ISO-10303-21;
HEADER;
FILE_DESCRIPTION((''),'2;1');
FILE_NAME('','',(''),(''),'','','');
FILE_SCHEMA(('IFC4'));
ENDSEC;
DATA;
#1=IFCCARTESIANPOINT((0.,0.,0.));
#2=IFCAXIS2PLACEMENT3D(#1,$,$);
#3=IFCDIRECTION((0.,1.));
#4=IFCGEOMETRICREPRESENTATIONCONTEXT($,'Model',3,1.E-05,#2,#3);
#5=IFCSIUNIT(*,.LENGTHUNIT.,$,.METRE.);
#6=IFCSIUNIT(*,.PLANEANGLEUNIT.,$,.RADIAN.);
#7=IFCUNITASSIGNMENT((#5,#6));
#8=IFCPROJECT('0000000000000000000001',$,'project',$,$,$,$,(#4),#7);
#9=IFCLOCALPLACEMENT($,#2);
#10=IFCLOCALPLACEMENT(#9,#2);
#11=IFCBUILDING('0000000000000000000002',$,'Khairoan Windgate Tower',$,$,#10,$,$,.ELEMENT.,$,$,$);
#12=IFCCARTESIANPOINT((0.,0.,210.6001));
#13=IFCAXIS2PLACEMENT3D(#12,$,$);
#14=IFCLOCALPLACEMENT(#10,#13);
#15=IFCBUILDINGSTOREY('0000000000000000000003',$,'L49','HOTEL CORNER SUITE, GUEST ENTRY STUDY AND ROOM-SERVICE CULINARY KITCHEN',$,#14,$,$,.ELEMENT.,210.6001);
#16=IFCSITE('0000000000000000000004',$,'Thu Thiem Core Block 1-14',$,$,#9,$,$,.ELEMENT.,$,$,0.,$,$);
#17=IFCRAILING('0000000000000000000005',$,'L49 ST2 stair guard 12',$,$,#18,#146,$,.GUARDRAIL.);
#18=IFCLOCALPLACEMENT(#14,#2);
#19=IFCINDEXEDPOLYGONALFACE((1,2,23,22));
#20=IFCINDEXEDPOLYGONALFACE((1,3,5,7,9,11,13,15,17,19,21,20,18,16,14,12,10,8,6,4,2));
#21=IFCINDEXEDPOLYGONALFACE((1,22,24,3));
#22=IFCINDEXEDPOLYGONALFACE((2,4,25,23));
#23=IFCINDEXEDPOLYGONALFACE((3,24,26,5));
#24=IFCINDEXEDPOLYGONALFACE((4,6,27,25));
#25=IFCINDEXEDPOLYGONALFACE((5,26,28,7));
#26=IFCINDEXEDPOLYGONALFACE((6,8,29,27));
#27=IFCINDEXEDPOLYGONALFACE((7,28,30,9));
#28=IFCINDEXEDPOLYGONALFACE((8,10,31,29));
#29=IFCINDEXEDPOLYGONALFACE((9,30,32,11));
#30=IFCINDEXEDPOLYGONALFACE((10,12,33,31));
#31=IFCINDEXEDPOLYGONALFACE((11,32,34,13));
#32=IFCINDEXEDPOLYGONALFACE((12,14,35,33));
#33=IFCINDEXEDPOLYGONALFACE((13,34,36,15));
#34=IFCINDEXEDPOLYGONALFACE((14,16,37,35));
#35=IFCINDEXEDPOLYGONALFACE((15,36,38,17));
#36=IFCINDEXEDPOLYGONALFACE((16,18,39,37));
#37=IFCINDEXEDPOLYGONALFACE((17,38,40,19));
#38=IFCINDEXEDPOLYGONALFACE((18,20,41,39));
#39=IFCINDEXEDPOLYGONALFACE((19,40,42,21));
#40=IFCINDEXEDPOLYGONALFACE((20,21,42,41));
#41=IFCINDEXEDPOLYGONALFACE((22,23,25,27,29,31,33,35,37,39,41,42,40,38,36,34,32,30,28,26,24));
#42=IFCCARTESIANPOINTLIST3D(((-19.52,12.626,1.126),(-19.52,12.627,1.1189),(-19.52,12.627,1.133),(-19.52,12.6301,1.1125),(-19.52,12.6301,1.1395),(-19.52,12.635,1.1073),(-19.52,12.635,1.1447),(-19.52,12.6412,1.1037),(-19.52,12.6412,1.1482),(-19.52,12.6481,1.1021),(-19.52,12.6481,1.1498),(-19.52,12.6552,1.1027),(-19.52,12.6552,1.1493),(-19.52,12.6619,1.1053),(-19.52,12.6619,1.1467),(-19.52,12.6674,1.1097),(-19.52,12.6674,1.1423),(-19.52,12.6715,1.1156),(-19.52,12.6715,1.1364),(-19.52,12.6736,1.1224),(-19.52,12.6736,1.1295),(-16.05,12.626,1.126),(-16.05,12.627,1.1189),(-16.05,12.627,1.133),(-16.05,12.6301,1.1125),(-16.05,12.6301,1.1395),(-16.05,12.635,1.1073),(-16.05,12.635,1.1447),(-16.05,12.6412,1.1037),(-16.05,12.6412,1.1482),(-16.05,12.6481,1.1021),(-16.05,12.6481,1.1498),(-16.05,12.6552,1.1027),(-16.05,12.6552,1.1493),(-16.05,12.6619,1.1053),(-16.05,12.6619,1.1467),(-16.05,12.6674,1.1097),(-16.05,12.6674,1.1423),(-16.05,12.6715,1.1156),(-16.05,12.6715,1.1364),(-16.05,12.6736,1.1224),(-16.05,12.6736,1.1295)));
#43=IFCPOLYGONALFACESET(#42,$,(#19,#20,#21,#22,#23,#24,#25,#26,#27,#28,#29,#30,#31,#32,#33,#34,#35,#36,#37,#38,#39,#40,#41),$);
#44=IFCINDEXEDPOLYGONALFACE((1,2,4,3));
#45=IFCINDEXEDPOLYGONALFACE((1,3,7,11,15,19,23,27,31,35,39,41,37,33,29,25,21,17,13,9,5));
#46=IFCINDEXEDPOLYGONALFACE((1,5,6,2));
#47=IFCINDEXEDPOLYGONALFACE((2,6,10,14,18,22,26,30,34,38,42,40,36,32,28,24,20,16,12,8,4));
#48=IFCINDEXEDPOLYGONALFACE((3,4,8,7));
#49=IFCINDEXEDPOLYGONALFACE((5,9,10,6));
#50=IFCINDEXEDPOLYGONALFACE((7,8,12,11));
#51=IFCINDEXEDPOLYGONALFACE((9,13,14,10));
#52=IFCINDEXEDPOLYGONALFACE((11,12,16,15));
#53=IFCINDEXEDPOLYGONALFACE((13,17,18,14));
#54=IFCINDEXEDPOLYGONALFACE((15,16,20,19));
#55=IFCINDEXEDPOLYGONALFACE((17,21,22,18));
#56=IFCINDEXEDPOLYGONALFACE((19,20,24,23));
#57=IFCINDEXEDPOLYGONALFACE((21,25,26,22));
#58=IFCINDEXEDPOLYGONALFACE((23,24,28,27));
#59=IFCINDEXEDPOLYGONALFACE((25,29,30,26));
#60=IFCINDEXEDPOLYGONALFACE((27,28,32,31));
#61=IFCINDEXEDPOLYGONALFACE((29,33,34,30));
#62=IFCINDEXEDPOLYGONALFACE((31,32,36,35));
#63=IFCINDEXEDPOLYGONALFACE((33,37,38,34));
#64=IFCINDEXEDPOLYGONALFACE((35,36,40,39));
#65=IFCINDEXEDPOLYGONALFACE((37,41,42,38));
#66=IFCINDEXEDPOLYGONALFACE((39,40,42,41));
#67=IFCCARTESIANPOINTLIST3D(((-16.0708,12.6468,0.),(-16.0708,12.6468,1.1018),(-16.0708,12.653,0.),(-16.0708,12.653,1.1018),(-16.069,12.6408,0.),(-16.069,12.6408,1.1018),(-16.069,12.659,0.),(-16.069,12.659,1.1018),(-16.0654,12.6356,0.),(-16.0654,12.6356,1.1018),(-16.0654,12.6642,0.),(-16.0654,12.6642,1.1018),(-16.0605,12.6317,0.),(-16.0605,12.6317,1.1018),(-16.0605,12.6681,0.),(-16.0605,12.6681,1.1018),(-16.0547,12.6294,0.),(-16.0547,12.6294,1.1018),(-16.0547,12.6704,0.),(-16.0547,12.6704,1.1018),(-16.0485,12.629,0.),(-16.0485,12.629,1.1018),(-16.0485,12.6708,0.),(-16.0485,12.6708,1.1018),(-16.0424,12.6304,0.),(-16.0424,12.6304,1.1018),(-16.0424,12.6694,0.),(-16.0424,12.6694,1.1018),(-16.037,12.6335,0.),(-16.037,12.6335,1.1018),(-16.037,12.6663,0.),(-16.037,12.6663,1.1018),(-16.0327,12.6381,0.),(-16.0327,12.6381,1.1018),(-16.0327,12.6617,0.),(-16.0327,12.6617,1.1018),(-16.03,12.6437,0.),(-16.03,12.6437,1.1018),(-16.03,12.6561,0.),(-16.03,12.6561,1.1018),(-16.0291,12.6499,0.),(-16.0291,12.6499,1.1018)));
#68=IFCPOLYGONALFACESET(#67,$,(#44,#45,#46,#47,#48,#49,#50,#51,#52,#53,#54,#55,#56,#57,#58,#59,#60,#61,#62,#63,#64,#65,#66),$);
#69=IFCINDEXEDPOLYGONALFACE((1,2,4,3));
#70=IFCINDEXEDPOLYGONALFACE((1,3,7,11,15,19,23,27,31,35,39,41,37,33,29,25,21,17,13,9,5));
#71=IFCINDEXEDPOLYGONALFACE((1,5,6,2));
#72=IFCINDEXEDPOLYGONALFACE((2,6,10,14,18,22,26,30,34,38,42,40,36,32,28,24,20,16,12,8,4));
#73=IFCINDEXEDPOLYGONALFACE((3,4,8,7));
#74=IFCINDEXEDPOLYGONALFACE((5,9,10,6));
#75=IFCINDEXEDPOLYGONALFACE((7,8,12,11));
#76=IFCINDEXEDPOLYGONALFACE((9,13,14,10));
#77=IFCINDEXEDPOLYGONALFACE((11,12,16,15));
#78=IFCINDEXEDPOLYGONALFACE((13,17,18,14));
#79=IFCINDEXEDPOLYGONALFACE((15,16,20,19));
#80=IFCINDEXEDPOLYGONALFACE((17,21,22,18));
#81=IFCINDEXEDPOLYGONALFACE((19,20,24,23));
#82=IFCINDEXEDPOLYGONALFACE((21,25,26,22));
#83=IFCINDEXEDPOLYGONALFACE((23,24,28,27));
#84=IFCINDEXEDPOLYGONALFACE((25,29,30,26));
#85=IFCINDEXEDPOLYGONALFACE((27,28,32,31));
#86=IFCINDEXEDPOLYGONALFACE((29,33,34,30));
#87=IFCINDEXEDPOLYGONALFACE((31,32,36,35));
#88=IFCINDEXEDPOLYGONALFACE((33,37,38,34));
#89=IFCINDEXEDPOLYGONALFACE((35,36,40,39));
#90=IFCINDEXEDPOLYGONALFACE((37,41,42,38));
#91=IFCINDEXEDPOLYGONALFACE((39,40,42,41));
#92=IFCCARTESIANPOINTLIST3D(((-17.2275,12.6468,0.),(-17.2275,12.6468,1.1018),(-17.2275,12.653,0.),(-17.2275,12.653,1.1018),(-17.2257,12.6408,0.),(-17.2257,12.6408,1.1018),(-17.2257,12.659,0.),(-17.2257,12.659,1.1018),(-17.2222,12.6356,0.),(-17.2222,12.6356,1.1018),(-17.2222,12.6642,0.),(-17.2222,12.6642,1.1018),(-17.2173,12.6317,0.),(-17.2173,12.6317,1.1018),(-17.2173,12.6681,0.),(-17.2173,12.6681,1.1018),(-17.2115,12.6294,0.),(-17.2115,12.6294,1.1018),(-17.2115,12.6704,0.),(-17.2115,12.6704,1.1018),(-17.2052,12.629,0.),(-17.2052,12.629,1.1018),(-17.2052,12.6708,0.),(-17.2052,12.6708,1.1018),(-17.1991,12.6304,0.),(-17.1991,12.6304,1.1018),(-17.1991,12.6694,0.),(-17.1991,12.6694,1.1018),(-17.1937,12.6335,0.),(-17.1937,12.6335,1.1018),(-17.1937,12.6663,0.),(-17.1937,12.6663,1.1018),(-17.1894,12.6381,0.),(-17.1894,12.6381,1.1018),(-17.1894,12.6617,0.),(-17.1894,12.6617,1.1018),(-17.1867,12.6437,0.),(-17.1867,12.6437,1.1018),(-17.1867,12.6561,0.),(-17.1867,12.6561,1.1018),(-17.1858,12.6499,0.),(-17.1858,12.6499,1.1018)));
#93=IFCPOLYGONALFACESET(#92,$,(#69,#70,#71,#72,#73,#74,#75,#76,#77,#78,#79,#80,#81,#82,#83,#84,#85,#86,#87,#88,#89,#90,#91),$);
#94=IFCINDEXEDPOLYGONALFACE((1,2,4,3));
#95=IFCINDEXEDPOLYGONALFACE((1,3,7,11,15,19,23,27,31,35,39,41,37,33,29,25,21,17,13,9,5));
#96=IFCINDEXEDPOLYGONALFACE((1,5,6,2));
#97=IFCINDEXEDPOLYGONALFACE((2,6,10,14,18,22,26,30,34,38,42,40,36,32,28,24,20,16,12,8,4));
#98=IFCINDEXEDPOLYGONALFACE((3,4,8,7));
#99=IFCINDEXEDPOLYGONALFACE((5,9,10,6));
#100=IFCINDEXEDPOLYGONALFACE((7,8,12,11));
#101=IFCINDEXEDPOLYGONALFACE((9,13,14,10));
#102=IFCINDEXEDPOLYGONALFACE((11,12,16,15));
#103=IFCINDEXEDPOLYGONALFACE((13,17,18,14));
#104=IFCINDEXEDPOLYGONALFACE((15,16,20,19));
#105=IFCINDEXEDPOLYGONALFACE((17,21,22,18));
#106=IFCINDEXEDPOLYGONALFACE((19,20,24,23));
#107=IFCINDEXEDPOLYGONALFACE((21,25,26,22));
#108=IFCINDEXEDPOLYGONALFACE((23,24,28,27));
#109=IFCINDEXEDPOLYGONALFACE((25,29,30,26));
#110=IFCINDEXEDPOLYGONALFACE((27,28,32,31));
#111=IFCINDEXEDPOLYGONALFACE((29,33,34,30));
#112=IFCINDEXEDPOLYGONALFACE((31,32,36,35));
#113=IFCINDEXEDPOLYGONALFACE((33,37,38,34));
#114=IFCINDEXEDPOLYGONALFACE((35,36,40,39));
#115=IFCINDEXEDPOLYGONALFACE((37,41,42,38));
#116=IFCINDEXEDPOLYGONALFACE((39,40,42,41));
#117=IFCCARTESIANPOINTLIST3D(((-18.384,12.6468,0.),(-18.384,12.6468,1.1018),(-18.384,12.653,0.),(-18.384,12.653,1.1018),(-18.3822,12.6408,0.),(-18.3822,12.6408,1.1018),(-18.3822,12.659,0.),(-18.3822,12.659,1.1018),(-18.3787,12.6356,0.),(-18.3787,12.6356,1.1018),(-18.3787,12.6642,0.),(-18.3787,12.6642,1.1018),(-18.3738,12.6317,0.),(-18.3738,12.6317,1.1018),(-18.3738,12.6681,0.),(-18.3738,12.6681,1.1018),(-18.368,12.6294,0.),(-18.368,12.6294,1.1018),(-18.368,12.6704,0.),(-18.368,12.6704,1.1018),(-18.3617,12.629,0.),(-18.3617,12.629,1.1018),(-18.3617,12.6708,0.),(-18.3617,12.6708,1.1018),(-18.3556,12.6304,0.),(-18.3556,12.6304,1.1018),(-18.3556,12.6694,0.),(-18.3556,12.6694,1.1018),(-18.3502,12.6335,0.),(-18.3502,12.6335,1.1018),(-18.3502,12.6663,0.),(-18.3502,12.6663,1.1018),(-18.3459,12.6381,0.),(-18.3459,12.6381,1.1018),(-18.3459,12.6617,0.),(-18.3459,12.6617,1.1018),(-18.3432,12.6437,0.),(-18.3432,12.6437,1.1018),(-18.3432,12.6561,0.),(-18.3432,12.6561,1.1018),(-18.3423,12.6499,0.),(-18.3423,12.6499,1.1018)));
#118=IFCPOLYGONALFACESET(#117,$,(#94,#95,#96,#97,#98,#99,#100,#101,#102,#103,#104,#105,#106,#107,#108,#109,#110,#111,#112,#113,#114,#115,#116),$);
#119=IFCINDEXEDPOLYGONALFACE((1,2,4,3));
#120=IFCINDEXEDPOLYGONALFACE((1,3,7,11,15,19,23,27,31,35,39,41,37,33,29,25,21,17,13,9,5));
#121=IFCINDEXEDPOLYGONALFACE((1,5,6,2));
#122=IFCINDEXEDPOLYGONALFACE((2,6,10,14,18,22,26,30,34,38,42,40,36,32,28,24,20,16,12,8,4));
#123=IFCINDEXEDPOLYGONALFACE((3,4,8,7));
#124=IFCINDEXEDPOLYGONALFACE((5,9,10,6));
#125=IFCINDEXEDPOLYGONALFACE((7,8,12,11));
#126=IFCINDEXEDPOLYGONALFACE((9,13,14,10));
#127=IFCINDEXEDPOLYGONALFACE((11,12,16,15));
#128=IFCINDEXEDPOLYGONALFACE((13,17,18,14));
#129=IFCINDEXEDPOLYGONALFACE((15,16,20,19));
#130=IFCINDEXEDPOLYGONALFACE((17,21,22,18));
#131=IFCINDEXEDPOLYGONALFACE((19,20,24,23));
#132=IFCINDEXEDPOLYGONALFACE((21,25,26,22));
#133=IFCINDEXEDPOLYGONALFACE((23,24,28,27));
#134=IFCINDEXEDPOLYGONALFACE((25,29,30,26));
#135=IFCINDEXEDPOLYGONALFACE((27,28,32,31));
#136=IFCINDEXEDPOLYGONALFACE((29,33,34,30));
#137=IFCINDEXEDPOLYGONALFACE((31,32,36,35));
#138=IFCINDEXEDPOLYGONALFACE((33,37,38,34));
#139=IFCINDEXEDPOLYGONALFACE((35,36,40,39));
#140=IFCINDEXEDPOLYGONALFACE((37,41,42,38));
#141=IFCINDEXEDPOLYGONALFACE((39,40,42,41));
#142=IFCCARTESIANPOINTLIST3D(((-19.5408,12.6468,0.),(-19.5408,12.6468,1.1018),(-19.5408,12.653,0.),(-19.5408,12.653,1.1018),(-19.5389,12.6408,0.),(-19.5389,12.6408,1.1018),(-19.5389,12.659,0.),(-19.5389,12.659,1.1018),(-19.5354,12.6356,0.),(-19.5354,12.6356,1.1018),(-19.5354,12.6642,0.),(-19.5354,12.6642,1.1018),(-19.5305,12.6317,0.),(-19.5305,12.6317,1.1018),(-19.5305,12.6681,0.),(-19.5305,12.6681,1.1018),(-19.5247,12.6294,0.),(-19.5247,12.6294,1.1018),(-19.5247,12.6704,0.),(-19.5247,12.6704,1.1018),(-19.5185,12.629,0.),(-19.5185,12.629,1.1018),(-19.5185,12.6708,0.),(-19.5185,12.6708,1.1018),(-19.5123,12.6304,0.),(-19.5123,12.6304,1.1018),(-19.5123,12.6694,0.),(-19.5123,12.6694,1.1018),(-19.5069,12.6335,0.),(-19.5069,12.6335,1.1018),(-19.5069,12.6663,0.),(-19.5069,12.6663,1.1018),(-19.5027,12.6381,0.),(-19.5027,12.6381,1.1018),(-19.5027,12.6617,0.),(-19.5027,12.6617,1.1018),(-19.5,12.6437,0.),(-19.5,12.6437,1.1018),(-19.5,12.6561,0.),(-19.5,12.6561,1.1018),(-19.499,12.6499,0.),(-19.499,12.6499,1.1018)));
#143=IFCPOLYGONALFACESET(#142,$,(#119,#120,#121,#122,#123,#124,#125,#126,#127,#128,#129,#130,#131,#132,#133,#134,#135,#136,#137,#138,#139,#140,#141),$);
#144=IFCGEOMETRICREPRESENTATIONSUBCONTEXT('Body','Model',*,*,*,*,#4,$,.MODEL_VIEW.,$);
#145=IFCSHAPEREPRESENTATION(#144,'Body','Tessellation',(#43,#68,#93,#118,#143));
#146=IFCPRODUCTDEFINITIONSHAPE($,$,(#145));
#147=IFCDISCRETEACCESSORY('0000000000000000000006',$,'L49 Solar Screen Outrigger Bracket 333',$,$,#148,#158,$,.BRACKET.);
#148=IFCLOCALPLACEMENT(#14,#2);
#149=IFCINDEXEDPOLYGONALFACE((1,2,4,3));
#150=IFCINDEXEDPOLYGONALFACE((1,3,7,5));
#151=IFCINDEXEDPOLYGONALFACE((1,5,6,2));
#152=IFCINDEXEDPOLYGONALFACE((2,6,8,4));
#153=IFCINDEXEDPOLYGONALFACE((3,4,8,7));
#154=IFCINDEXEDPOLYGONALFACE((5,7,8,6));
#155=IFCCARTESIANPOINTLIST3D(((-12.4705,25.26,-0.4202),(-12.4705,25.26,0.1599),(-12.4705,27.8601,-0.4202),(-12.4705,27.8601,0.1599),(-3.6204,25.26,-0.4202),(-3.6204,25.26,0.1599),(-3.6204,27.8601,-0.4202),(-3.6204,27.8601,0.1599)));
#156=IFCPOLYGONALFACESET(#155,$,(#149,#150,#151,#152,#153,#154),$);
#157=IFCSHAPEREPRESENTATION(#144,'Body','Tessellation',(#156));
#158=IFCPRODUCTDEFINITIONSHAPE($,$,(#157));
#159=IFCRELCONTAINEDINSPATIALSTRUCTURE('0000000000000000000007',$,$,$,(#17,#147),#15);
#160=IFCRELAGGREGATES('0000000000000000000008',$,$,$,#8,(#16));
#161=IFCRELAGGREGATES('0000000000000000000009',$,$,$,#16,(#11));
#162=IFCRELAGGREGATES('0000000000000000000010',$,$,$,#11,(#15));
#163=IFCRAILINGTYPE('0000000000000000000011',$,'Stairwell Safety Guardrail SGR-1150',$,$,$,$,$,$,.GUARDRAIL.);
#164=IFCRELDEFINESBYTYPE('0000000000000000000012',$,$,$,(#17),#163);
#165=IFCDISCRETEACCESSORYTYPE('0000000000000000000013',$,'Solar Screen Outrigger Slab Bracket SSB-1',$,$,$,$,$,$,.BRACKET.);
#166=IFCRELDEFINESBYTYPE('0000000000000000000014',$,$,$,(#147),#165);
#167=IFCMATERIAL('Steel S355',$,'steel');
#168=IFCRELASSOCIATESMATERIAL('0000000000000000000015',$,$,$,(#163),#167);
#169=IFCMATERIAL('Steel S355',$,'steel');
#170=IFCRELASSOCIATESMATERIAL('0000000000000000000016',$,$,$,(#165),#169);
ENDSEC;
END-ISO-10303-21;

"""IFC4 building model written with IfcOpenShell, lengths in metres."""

from ifc_helpers import new_model, si_unit, direction, frame, origin, origin_2d, place, context, subcontext, project, spatial, rectangle, circle, extrude, material, type_object, element, save


model = new_model("IFC4")

# Units and contexts
model_context = context("Model", 3, precision=1e-05, world=origin(), true_north=direction((0.0, 1.0)))
body_context = subcontext(model_context, "Body", "Model", "MODEL_VIEW")
ifc_project = project(units=[si_unit("LENGTHUNIT", "METRE"), si_unit("PLANEANGLEUNIT", "RADIAN")], contexts=[model_context])

# Site, building, storey
site_placement = place(None, origin())
site = spatial("IfcSite", under=ifc_project, at=site_placement, Name="Thu Thiem Core Block 1-14", CompositionType="ELEMENT", RefElevation=0.0)
building_placement = place(site_placement, origin())
building = spatial("IfcBuilding", under=site, at=building_placement, Name="Khairoan Windgate Tower", CompositionType="ELEMENT")
storey_placement = place(building_placement, frame((0.0, 0.0, 210.6001)))
storey = spatial("IfcBuildingStorey", under=building, at=storey_placement, Name="L49", Description="HOTEL CORNER SUITE, GUEST ENTRY STUDY AND ROOM-SERVICE CULINARY KITCHEN", CompositionType="ELEMENT", Elevation=210.6001)

# Railing
ifc_material_1 = material(Name="Steel S355", Category="steel")
railing_type = type_object("IfcRailingType", Name="Stairwell Safety Guardrail SGR-1150", PredefinedType="GUARDRAIL", material=ifc_material_1)
railing_placement = place(storey_placement, frame((-16.05, 12.6499, 0.0)))
element("IfcRailing", 1, at=railing_placement, inside=storey, type_object=railing_type, Name="L49 ST2 stair guard 12", PredefinedType="GUARDRAIL", context=body_context, shape_type="SweptSolid", body=[
    extrude(circle(Radius=0.0239, at=origin_2d()), frame((0.0, 0.0, 1.126), z_axis=(-1.0, 0.0, 0.0), x_axis=(0.0, -1.0, 0.0)), (0.0, 0.0, 1.0), 3.47),
    extrude(circle(Radius=0.021, at=origin_2d()), origin(), (0.0, 0.0, 1.0), 1.1018),
    extrude(circle(Radius=0.021, at=origin_2d()), frame((-1.1567, 0.0, 0.0)), (0.0, 0.0, 1.0), 1.1018),
    extrude(circle(Radius=0.021, at=origin_2d()), frame((-2.3132, 0.0, 0.0)), (0.0, 0.0, 1.0), 1.1018),
    extrude(circle(Radius=0.021, at=origin_2d()), frame((-3.47, 0.0, 0.0)), (0.0, 0.0, 1.0), 1.1018),
])

# Discrete accessory
ifc_material_2 = material(Name="Steel S355", Category="steel")
discrete_accessory_type = type_object("IfcDiscreteAccessoryType", Name="Solar Screen Outrigger Slab Bracket SSB-1", PredefinedType="BRACKET", material=ifc_material_2)
discrete_accessory_placement = place(storey_placement, frame((-8.0454, 26.5601, -0.4202), z_axis=(0.0, 0.0, 1.0), x_axis=(1.0, 0.0, 0.0)))
element("IfcDiscreteAccessory", 2, at=discrete_accessory_placement, inside=storey, type_object=discrete_accessory_type, Name="L49 Solar Screen Outrigger Bracket 333", PredefinedType="BRACKET", context=body_context, shape_type="SweptSolid", body=[
    extrude(rectangle(XDim=8.8501, YDim=2.6001, at=origin_2d()), origin(), (0.0, 0.0, 1.0), 0.5801),
])

save(model, "model.ifc")
